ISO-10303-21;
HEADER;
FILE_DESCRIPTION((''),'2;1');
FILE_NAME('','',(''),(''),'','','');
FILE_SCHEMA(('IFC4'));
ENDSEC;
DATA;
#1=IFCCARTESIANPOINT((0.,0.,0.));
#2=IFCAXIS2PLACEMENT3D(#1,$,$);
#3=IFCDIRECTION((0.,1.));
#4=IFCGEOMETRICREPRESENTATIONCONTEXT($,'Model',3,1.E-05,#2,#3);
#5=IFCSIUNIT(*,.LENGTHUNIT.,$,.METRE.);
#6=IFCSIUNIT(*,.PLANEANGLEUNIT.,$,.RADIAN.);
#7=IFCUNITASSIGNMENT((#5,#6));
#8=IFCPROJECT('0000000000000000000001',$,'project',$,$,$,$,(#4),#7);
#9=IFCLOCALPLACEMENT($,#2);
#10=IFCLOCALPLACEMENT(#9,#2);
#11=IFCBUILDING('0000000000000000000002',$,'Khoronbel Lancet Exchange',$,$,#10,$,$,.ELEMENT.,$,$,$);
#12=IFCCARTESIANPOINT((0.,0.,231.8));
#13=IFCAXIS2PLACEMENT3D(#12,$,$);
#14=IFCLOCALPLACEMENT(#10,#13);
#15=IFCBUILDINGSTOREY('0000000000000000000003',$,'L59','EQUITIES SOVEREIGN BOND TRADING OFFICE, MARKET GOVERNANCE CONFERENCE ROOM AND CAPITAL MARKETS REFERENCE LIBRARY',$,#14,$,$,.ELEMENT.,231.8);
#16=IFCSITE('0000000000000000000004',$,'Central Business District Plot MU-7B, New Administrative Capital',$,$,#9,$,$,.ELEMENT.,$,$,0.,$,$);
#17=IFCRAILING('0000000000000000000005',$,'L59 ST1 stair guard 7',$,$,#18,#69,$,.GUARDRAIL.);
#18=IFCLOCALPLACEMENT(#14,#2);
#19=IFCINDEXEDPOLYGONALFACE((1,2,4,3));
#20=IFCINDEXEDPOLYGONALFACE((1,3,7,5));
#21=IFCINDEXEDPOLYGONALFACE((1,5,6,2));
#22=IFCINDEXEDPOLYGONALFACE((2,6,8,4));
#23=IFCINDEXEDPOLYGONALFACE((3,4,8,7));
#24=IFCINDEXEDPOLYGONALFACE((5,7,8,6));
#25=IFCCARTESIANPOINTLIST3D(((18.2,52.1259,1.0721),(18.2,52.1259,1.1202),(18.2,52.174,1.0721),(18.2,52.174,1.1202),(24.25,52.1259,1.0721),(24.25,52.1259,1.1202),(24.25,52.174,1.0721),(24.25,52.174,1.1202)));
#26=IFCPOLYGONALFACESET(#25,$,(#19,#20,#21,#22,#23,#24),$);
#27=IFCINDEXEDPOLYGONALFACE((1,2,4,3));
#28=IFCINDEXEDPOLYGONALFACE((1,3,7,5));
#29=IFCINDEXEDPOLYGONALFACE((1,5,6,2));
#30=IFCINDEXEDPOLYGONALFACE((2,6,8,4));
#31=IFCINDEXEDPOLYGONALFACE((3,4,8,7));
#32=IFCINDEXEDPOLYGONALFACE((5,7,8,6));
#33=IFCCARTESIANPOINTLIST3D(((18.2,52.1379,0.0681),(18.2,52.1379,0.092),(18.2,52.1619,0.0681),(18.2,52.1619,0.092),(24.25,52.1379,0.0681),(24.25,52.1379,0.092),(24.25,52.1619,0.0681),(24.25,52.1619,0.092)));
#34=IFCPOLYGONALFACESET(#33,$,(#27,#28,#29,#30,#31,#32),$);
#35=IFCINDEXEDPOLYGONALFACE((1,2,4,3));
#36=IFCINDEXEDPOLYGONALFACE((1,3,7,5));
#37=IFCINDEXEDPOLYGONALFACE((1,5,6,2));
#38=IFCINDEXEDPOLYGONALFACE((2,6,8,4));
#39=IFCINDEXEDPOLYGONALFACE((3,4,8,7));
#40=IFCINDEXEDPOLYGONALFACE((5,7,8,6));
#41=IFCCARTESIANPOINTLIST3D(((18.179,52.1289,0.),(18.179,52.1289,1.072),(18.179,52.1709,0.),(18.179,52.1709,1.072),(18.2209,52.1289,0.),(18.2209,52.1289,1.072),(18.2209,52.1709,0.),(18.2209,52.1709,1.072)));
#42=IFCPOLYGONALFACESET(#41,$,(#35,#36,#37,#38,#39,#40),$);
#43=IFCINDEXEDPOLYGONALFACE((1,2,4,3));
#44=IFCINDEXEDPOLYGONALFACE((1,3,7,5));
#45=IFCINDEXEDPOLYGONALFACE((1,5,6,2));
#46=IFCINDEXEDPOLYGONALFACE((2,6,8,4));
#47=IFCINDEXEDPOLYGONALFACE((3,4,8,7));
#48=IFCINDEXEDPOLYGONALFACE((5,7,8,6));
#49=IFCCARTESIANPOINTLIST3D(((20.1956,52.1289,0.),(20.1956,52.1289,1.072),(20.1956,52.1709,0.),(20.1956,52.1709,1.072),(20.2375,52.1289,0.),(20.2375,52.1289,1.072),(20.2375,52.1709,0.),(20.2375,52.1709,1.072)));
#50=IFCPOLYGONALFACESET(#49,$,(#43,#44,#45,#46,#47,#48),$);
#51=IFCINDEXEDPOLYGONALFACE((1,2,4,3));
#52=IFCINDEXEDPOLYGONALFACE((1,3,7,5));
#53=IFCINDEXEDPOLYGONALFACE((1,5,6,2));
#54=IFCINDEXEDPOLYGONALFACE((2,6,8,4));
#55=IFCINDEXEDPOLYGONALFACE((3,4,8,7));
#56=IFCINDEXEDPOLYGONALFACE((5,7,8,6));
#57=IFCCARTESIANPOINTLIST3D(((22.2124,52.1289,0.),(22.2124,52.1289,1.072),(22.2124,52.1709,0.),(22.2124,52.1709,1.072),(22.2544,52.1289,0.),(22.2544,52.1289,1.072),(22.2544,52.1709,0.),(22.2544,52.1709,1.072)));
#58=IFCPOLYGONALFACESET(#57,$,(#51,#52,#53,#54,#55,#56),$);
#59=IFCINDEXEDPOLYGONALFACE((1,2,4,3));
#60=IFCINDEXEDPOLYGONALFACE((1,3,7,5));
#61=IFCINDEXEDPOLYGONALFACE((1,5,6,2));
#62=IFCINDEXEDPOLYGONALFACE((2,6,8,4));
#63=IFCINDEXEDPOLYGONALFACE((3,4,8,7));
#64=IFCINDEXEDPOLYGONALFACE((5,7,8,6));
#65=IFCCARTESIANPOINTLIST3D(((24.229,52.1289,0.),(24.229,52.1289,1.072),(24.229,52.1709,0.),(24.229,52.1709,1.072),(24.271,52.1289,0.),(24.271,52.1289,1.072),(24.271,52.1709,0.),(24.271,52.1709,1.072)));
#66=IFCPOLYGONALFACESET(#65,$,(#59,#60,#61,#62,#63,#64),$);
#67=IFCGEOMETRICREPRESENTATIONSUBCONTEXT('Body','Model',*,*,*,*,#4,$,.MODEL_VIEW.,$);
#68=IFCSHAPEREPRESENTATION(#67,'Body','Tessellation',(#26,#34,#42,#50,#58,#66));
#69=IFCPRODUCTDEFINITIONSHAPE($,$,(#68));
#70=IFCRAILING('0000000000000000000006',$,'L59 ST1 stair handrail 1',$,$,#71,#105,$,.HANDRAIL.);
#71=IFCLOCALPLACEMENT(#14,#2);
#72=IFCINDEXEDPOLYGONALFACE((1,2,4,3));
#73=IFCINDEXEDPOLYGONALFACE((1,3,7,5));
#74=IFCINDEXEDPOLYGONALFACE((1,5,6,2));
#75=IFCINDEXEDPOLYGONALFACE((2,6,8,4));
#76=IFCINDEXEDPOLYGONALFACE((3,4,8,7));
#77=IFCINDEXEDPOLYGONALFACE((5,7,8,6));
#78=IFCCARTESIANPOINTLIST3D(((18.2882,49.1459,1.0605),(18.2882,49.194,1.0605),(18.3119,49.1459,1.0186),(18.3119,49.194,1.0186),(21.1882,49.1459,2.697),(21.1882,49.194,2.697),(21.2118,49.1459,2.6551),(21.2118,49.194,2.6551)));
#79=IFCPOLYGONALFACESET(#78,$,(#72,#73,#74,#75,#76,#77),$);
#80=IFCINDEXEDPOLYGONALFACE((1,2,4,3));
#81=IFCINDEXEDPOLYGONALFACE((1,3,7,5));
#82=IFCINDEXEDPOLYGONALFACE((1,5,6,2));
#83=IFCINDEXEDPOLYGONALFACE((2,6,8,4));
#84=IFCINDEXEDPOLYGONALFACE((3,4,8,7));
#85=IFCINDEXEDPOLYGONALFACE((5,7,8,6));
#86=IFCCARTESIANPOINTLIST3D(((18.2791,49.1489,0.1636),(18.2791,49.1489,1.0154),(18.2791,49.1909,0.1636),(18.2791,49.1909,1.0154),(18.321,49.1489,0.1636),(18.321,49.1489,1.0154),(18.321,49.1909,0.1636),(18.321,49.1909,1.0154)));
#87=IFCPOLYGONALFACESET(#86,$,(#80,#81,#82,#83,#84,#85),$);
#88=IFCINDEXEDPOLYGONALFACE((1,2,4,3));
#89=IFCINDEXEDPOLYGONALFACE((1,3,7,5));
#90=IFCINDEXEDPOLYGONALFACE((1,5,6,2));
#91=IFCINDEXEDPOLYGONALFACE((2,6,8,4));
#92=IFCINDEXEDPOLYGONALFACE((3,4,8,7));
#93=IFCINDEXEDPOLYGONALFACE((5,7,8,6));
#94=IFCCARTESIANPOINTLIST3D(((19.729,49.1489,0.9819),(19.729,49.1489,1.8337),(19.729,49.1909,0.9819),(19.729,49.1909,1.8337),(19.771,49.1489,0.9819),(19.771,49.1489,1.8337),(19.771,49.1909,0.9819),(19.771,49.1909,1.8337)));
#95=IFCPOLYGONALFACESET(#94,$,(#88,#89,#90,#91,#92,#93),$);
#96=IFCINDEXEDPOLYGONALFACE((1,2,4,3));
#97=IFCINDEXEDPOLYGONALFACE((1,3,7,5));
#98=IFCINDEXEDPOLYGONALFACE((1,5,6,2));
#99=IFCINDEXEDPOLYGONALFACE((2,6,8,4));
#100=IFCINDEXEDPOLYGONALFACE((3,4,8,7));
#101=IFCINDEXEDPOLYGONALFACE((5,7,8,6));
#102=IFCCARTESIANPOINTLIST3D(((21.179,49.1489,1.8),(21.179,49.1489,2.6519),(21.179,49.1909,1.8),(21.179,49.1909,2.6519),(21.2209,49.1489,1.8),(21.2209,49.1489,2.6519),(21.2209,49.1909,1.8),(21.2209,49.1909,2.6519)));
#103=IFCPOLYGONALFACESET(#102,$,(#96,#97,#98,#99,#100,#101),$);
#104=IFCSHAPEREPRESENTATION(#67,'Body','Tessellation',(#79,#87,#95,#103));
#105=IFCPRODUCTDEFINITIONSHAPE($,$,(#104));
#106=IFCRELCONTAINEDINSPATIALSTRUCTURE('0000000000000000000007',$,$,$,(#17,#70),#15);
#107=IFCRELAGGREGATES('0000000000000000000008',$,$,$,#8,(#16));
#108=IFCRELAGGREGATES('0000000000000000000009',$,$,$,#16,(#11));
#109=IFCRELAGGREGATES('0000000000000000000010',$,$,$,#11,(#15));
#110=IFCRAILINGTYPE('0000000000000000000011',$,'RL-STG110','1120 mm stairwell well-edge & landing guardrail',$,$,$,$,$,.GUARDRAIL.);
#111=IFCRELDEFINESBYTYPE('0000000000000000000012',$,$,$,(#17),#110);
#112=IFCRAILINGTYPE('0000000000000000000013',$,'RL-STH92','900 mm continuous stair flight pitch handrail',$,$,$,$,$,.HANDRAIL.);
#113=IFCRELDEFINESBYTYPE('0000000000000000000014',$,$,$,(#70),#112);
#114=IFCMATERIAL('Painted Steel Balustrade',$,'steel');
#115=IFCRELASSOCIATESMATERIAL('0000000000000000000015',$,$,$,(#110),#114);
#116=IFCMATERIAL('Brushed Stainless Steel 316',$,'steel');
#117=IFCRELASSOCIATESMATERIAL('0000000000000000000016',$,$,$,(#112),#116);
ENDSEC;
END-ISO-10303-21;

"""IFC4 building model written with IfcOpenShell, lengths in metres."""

from ifc_helpers import new_model, si_unit, direction, frame, origin, origin_2d, place, context, subcontext, project, spatial, rectangle, extrude, material, type_object, element, save


model = new_model("IFC4")

# Units and contexts
model_context = context("Model", 3, precision=1e-05, world=origin(), true_north=direction((0.0, 1.0)))
body_context = subcontext(model_context, "Body", "Model", "MODEL_VIEW")
ifc_project = project(units=[si_unit("LENGTHUNIT", "METRE"), si_unit("PLANEANGLEUNIT", "RADIAN")], contexts=[model_context])

# Site, building, storey
site_placement = place(None, origin())
site = spatial("IfcSite", under=ifc_project, at=site_placement, Name="Central Business District Plot MU-7B, New Administrative Capital", CompositionType="ELEMENT", RefElevation=0.0)
building_placement = place(site_placement, origin())
building = spatial("IfcBuilding", under=site, at=building_placement, Name="Khoronbel Lancet Exchange", CompositionType="ELEMENT")
storey_placement = place(building_placement, frame((0.0, 0.0, 231.8)))
storey = spatial("IfcBuildingStorey", under=building, at=storey_placement, Name="L59", Description="EQUITIES SOVEREIGN BOND TRADING OFFICE, MARKET GOVERNANCE CONFERENCE ROOM AND CAPITAL MARKETS REFERENCE LIBRARY", CompositionType="ELEMENT", Elevation=231.8)

# Railings
ifc_material_1 = material(Name="Painted Steel Balustrade", Category="steel")
railing_type_1 = type_object("IfcRailingType", Name="RL-STG110", Description="1120 mm stairwell well-edge & landing guardrail", PredefinedType="GUARDRAIL", material=ifc_material_1)
railing_1_placement = place(storey_placement, frame((18.2, 52.1499, 0.0)))
element("IfcRailing", 1, at=railing_1_placement, inside=storey, type_object=railing_type_1, Name="L59 ST1 stair guard 7", PredefinedType="GUARDRAIL", context=body_context, shape_type="SweptSolid", body=[
    extrude(rectangle(XDim=0.0481, YDim=0.0481, at=origin_2d()), frame((0.0, 0.0, 1.0962), z_axis=(1.0, 0.0, 0.0), x_axis=(0.0, 1.0, 0.0)), (0.0, 0.0, 1.0), 6.05),
    extrude(rectangle(XDim=0.0239, YDim=0.0239, at=origin_2d()), frame((0.0, 0.0, 0.0801), z_axis=(1.0, 0.0, 0.0), x_axis=(0.0, 1.0, 0.0)), (0.0, 0.0, 1.0), 6.05),
    extrude(rectangle(XDim=0.042, YDim=0.042, at=origin_2d()), origin(), (0.0, 0.0, 1.0), 1.072),
    extrude(rectangle(XDim=0.042, YDim=0.042, at=origin_2d()), frame((2.0166, 0.0, 0.0)), (0.0, 0.0, 1.0), 1.072),
    extrude(rectangle(XDim=0.042, YDim=0.042, at=origin_2d()), frame((4.0334, 0.0, 0.0)), (0.0, 0.0, 1.0), 1.072),
    extrude(rectangle(XDim=0.042, YDim=0.042, at=origin_2d()), frame((6.05, 0.0, 0.0)), (0.0, 0.0, 1.0), 1.072),
])
ifc_material_2 = material(Name="Brushed Stainless Steel 316", Category="steel")
railing_type_2 = type_object("IfcRailingType", Name="RL-STH92", Description="900 mm continuous stair flight pitch handrail", PredefinedType="HANDRAIL", material=ifc_material_2)
railing_2_placement = place(storey_placement, frame((18.3, 49.1699, 0.1636)))
element("IfcRailing", 2, at=railing_2_placement, inside=storey, type_object=railing_type_2, Name="L59 ST1 stair handrail 1", PredefinedType="HANDRAIL", context=body_context, shape_type="SweptSolid", body=[
    extrude(rectangle(XDim=0.0481, YDim=0.0481, at=origin_2d()), frame((0.0, 0.0, 0.876), z_axis=(0.870897, 0.0, 0.491465), x_axis=(0.0, 1.0, 0.0)), (0.0, 0.0, 1.0), 3.3298),
    extrude(rectangle(XDim=0.042, YDim=0.042, at=origin_2d()), origin(), (0.0, 0.0, 1.0), 0.8518),
    extrude(rectangle(XDim=0.042, YDim=0.042, at=origin_2d()), frame((1.45, 0.0, 0.8184)), (0.0, 0.0, 1.0), 0.8518),
    extrude(rectangle(XDim=0.042, YDim=0.042, at=origin_2d()), frame((2.8999, 0.0, 1.6365)), (0.0, 0.0, 1.0), 0.8518),
])

save(model, "model.ifc")
